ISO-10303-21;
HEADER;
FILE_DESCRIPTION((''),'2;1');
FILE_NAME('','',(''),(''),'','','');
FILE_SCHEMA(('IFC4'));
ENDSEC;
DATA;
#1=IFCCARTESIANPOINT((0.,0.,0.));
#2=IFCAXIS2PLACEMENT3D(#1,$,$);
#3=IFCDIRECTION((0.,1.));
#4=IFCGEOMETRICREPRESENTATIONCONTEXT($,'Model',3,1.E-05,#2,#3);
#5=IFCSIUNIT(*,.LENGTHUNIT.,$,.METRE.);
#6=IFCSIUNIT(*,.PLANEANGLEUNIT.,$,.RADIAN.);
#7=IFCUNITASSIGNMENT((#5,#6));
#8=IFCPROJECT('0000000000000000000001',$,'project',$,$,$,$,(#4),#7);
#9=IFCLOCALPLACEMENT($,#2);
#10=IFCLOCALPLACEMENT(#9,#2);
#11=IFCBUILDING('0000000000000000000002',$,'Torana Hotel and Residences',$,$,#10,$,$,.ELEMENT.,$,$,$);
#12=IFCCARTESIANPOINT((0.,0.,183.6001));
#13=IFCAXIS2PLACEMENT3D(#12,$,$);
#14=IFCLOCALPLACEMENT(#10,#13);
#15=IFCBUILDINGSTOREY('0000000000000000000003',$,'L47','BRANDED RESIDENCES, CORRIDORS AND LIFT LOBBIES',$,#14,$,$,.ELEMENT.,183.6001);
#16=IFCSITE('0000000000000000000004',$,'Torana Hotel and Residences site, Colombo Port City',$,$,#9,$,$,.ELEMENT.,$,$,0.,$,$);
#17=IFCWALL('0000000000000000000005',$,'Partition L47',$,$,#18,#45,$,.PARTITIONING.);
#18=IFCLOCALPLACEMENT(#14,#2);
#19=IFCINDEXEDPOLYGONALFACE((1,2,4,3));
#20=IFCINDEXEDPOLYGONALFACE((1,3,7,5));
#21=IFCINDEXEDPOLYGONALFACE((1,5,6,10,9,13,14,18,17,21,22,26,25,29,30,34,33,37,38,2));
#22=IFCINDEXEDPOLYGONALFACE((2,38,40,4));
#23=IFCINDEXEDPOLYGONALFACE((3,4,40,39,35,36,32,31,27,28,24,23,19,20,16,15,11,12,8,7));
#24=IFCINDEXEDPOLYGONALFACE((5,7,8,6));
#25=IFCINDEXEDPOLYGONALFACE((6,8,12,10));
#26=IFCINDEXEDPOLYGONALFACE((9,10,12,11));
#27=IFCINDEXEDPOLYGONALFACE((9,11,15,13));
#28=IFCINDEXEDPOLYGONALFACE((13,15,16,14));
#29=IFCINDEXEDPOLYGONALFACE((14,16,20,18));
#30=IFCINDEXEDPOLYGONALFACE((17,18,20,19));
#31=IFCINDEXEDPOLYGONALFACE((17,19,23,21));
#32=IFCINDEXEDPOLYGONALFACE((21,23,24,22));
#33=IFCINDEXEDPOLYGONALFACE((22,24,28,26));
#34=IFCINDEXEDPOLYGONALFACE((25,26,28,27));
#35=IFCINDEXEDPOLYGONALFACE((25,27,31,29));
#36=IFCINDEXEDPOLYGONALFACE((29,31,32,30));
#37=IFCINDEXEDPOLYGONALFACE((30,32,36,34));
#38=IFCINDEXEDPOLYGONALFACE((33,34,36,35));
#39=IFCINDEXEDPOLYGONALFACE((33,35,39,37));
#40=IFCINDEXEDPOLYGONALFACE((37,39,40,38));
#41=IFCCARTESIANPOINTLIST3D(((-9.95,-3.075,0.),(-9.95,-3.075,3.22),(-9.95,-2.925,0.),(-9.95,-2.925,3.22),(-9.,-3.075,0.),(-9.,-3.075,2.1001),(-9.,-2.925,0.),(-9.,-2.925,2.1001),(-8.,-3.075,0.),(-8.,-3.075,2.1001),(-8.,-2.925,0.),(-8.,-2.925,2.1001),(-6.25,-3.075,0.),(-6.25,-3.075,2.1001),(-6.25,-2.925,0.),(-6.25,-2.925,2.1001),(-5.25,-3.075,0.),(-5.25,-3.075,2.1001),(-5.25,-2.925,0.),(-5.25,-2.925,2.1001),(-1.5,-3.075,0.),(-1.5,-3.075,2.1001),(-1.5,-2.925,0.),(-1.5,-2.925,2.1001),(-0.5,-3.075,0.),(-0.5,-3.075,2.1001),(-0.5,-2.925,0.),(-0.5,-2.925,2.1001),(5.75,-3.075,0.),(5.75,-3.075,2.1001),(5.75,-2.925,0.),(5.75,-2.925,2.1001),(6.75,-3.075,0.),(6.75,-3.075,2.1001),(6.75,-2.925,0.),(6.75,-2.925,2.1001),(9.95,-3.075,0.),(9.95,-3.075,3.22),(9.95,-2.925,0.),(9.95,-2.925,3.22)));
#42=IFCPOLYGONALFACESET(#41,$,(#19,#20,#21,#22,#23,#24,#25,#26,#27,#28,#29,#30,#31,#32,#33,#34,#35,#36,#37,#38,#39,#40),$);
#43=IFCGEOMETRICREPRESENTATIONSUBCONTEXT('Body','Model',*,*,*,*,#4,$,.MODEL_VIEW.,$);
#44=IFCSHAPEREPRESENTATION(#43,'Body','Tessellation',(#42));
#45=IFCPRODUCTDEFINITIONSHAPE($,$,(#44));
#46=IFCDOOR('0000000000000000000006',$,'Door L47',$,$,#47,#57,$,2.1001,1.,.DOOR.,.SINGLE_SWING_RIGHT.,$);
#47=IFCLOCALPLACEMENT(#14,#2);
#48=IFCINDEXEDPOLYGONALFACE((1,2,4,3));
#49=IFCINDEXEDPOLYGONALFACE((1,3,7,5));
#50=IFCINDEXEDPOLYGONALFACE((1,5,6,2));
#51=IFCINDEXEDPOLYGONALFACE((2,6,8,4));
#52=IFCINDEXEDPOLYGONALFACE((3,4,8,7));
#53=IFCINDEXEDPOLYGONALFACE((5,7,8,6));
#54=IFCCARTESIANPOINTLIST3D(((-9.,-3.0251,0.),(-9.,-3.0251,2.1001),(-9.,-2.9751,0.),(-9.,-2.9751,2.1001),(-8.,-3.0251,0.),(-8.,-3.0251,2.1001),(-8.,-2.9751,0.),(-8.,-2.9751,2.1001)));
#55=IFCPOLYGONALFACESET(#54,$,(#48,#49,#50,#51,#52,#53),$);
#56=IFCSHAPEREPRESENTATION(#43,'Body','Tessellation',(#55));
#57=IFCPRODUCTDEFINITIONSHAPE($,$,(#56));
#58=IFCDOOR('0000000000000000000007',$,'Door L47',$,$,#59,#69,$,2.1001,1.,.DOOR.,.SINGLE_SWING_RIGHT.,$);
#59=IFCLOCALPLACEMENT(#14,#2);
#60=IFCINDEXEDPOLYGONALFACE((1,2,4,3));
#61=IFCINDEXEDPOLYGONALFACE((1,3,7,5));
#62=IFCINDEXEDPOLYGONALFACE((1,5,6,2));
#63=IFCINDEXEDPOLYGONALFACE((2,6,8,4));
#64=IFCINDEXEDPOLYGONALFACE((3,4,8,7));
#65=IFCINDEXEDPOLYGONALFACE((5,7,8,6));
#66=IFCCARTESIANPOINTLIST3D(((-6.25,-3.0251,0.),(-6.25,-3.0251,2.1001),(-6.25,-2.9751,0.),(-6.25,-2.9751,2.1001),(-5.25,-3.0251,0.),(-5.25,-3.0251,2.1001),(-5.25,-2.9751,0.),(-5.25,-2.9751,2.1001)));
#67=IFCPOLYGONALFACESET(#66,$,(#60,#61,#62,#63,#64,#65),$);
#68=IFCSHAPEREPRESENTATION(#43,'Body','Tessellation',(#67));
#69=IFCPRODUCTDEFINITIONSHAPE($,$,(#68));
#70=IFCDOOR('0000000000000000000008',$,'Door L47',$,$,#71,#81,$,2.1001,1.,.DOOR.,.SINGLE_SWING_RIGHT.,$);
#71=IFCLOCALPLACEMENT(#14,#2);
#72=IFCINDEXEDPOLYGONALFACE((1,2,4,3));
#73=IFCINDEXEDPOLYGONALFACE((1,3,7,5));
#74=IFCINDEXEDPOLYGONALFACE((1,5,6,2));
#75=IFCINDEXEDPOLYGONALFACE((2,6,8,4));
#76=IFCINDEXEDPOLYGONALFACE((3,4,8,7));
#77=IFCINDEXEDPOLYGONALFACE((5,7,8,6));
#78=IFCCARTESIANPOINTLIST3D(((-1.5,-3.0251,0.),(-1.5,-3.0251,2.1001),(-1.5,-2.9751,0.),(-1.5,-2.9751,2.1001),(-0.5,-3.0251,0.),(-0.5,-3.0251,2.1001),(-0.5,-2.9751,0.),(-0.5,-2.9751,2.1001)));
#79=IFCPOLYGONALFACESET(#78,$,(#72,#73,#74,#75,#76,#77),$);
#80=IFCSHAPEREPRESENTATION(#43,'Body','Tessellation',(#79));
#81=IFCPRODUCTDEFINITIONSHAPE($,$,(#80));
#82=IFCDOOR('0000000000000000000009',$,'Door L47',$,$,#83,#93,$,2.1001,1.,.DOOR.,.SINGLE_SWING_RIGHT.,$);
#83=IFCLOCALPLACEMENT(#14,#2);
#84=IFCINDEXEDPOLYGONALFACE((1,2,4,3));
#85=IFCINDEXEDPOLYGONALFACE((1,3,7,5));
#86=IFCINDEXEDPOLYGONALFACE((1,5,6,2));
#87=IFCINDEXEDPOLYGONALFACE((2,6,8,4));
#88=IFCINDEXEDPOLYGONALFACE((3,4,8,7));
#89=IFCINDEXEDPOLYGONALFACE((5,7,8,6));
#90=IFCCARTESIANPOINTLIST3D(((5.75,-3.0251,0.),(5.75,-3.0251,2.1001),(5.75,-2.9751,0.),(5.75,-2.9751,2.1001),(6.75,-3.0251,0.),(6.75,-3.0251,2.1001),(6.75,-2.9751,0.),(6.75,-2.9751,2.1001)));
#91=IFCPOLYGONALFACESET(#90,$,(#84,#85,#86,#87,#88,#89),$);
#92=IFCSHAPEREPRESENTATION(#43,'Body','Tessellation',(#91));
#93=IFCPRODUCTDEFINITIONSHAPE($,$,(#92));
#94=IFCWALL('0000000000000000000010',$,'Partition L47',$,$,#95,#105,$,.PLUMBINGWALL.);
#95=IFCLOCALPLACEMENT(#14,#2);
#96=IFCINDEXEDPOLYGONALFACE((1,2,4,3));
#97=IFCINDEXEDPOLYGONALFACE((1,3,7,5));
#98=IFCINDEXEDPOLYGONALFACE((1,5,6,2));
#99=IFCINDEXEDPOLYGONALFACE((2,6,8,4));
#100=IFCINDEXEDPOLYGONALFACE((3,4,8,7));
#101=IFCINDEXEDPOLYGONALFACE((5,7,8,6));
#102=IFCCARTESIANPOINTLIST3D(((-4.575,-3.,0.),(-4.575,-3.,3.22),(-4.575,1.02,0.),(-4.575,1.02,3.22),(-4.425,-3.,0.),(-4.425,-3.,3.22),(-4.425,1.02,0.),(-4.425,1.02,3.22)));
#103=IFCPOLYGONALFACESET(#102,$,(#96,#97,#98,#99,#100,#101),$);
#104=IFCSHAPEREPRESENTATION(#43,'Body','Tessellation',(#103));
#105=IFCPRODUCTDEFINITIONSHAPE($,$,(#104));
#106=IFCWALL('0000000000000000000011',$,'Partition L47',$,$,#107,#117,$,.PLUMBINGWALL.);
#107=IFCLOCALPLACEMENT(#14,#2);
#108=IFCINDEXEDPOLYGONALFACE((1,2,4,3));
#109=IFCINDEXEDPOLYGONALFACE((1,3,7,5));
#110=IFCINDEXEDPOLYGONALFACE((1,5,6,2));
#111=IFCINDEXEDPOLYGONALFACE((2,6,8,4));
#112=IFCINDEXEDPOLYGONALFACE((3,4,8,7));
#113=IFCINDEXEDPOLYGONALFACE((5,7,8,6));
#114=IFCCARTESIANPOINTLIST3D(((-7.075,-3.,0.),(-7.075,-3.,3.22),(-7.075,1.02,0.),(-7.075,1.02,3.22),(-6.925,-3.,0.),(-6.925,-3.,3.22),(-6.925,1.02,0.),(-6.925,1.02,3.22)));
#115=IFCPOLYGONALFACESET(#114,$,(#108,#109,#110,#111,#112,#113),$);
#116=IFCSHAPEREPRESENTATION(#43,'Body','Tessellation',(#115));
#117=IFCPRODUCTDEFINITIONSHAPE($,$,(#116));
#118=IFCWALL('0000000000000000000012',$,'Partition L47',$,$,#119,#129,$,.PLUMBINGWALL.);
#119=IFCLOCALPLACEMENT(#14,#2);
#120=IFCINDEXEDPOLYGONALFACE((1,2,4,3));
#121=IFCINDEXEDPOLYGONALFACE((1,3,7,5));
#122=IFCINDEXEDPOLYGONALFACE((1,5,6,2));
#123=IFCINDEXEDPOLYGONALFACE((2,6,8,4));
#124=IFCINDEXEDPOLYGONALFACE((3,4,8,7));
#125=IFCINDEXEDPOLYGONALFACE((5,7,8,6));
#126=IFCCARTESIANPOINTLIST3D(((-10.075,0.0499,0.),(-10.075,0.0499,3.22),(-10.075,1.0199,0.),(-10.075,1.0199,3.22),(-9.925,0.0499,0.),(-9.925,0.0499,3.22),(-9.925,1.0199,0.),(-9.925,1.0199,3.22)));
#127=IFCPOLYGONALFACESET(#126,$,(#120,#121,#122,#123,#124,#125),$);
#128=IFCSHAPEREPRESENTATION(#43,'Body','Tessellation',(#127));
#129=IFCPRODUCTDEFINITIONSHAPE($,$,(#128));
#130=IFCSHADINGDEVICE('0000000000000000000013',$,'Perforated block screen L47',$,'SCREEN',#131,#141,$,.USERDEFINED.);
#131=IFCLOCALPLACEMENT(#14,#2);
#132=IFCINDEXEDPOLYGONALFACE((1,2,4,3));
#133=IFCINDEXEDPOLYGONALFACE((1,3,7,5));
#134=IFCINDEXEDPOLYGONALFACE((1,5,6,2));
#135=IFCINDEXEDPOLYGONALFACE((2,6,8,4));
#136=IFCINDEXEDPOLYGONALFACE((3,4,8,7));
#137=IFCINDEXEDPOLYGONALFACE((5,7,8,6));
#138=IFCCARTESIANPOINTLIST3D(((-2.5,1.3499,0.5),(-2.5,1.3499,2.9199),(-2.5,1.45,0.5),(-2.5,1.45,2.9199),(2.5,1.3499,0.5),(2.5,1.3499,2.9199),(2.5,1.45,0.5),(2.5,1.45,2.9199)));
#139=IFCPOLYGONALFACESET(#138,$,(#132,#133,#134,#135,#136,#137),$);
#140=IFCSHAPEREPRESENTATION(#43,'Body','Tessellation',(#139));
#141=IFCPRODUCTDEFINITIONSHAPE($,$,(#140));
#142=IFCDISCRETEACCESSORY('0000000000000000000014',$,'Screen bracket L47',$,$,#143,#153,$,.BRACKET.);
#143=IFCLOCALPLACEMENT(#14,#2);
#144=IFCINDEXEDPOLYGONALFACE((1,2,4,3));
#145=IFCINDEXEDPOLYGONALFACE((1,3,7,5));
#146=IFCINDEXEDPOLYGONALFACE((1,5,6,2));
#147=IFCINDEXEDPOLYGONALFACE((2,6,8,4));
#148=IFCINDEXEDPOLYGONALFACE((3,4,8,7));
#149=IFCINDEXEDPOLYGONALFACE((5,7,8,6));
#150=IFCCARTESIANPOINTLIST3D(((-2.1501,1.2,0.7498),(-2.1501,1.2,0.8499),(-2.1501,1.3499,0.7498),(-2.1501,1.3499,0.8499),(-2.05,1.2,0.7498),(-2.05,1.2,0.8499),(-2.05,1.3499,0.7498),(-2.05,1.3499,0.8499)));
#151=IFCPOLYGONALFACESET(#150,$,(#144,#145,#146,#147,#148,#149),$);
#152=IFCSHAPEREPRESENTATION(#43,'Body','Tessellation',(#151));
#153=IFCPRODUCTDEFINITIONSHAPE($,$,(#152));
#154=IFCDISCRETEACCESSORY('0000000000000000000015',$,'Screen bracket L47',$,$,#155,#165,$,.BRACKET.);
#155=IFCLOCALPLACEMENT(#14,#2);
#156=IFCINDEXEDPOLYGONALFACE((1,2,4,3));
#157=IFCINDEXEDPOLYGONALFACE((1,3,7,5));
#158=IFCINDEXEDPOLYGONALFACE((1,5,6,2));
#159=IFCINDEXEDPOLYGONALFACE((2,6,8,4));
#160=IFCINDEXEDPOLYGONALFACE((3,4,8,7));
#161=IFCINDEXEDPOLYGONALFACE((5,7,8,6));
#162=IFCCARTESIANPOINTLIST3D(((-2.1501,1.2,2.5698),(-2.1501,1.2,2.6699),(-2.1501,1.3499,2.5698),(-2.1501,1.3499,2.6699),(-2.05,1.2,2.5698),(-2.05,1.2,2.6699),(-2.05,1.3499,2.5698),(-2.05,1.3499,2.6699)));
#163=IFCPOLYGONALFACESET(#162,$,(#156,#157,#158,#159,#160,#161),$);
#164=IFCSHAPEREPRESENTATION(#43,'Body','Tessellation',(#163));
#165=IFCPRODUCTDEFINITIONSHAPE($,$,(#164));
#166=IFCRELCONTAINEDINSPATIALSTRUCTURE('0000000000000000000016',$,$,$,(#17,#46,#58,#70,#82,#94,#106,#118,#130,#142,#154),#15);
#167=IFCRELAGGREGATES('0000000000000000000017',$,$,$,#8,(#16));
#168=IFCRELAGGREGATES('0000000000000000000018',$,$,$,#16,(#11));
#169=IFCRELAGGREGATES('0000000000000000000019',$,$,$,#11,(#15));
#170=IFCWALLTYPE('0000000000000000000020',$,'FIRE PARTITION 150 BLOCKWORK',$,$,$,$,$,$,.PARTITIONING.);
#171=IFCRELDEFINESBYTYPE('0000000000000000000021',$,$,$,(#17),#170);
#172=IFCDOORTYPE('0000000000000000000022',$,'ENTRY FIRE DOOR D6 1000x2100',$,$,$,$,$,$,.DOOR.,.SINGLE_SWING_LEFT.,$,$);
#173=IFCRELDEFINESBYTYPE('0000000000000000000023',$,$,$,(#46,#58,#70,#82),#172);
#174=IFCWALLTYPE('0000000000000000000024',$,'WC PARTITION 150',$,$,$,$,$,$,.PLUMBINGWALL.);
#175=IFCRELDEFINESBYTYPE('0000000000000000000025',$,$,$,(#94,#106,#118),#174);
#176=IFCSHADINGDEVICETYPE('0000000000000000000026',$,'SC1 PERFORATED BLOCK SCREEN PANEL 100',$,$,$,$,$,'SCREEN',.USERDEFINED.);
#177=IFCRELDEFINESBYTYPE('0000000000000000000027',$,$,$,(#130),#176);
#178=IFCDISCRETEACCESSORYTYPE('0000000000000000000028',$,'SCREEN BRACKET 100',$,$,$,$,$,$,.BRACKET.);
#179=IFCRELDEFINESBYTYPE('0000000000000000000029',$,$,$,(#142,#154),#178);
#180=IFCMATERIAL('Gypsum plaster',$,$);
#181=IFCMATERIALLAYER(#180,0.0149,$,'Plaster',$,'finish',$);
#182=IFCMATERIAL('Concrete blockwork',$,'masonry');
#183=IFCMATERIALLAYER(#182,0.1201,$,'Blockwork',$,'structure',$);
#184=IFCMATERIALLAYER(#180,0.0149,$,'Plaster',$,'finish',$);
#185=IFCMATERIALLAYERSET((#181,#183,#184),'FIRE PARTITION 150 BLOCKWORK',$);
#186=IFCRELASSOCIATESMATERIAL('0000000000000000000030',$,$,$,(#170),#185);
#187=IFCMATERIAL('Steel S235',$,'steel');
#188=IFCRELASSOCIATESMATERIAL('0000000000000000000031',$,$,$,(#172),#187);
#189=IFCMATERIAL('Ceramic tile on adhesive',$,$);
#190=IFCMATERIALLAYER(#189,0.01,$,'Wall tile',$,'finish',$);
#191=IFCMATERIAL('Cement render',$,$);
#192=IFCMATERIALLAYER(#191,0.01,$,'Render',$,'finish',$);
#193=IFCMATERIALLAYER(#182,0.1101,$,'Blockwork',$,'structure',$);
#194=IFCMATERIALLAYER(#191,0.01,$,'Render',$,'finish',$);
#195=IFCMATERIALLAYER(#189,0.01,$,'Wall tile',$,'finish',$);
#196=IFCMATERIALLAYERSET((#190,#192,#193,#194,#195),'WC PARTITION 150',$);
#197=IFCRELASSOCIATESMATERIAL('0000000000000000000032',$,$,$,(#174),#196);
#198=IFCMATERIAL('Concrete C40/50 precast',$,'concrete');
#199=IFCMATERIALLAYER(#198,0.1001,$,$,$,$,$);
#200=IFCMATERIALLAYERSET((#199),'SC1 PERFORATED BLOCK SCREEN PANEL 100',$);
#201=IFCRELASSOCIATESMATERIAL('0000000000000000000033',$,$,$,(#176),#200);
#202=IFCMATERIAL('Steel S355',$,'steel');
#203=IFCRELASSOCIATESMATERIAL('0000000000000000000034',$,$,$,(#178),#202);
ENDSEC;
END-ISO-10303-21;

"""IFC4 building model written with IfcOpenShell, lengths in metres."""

from ifc_helpers import new_model, si_unit, direction, frame, frame_2d, origin, origin_2d, place, context, subcontext, project, spatial, rectangle, extrude, material, layer, layer_set, type_object, element, fill, save


model = new_model("IFC4")

# Units and contexts
model_context = context("Model", 3, precision=1e-05, world=origin(), true_north=direction((0.0, 1.0)))
body_context = subcontext(model_context, "Body", "Model", "MODEL_VIEW")
ifc_project = project(units=[si_unit("LENGTHUNIT", "METRE"), si_unit("PLANEANGLEUNIT", "RADIAN")], contexts=[model_context])

# Site, building, storey
site_placement = place(None, origin())
site = spatial("IfcSite", under=ifc_project, at=site_placement, Name="Torana Hotel and Residences site, Colombo Port City", CompositionType="ELEMENT", RefElevation=0.0)
building_placement = place(site_placement, origin())
building = spatial("IfcBuilding", under=site, at=building_placement, Name="Torana Hotel and Residences", CompositionType="ELEMENT")
storey_placement = place(building_placement, frame((0.0, 0.0, 183.6001)))
storey = spatial("IfcBuildingStorey", under=building, at=storey_placement, Name="L47", Description="BRANDED RESIDENCES, CORRIDORS AND LIFT LOBBIES", CompositionType="ELEMENT", Elevation=183.6001)

# Shared definitions
ifc_material_1 = material(Name="Gypsum plaster")
ifc_layer_1 = layer(ifc_material_1, 0.0149, Name="Plaster", Category="finish")
ifc_material_2 = material(Name="Concrete blockwork", Category="masonry")
ifc_layer_2 = layer(ifc_material_2, 0.1201, Name="Blockwork", Category="structure")
ifc_layer_3 = layer(ifc_material_1, 0.0149, Name="Plaster", Category="finish")
ifc_layer_set_1 = layer_set([ifc_layer_1, ifc_layer_2, ifc_layer_3], Name="FIRE PARTITION 150 BLOCKWORK")
wall_type_1 = type_object("IfcWallType", Name="FIRE PARTITION 150 BLOCKWORK", PredefinedType="PARTITIONING", material=ifc_layer_set_1)

# Wall, openings, doors
ifc_material_3 = material(Name="Steel S235", Category="steel")
door_type = type_object("IfcDoorType", Name="ENTRY FIRE DOOR D6 1000x2100", OperationType="SINGLE_SWING_LEFT", PredefinedType="DOOR", material=ifc_material_3)
wall_1_placement = place(storey_placement, frame((-9.95, -3.0, 0.0), z_axis=(0.0, 0.0, 1.0), x_axis=(1.0, 0.0, 0.0)))
wall_1 = element("IfcWall", 1, at=wall_1_placement, inside=storey, type_object=wall_type_1, Name="Partition L47", PredefinedType="PARTITIONING", context=body_context, shape_type="SweptSolid", body=[
    extrude(rectangle(XDim=19.8999, YDim=0.1499, at=frame_2d((9.95, 0.0))), origin(), (0.0, 0.0, 1.0), 3.22),
])
opening_1_placement = place(wall_1_placement, frame((0.95, 0.0, 0.0)))
opening_1 = element("IfcOpeningElement", 2, at=opening_1_placement, cuts=wall_1, PredefinedType="OPENING", context=body_context, shape_type="SweptSolid", body=[
    extrude(rectangle(XDim=1.0, YDim=2.1001, at=frame_2d((0.5, 1.05))), frame((0.0, 0.085, 0.0), z_axis=(0.0, -1.0, 0.0), x_axis=(1.0, 0.0, 0.0)), (0.0, 0.0, 1.0), 0.1699),
])
opening_2_placement = place(wall_1_placement, frame((3.7, 0.0, 0.0)))
opening_2 = element("IfcOpeningElement", 3, at=opening_2_placement, cuts=wall_1, PredefinedType="OPENING", context=body_context, shape_type="SweptSolid", body=[
    extrude(rectangle(XDim=1.0, YDim=2.1001, at=frame_2d((0.5, 1.05))), frame((0.0, 0.085, 0.0), z_axis=(0.0, -1.0, 0.0), x_axis=(1.0, 0.0, 0.0)), (0.0, 0.0, 1.0), 0.1699),
])
opening_3_placement = place(wall_1_placement, frame((8.45, 0.0, 0.0)))
opening_3 = element("IfcOpeningElement", 4, at=opening_3_placement, cuts=wall_1, PredefinedType="OPENING", context=body_context, shape_type="SweptSolid", body=[
    extrude(rectangle(XDim=1.0, YDim=2.1001, at=frame_2d((0.5, 1.05))), frame((0.0, 0.085, 0.0), z_axis=(0.0, -1.0, 0.0), x_axis=(1.0, 0.0, 0.0)), (0.0, 0.0, 1.0), 0.1699),
])
opening_4_placement = place(wall_1_placement, frame((15.7, 0.0, 0.0)))
opening_4 = element("IfcOpeningElement", 5, at=opening_4_placement, cuts=wall_1, PredefinedType="OPENING", context=body_context, shape_type="SweptSolid", body=[
    extrude(rectangle(XDim=1.0, YDim=2.1001, at=frame_2d((0.5, 1.05))), frame((0.0, 0.085, 0.0), z_axis=(0.0, -1.0, 0.0), x_axis=(1.0, 0.0, 0.0)), (0.0, 0.0, 1.0), 0.1699),
])
door_1_placement = place(opening_1_placement, origin())
door_1 = element("IfcDoor", 6, at=door_1_placement, inside=storey, type_object=door_type, Name="Door L47", OperationType="SINGLE_SWING_RIGHT", OverallHeight=2.1001, OverallWidth=1.0, PredefinedType="DOOR", context=body_context, shape_type="SweptSolid", body=[
    extrude(rectangle(XDim=1.0, YDim=2.1001, at=frame_2d((0.5, 1.05))), frame((0.0, 0.0249, 0.0), z_axis=(0.0, -1.0, 0.0), x_axis=(1.0, 0.0, 0.0)), (0.0, 0.0, 1.0), 0.05),
])
fill(opening_1, door_1)
door_2_placement = place(opening_2_placement, origin())
door_2 = element("IfcDoor", 7, at=door_2_placement, inside=storey, type_object=door_type, Name="Door L47", OperationType="SINGLE_SWING_RIGHT", OverallHeight=2.1001, OverallWidth=1.0, PredefinedType="DOOR", context=body_context, shape_type="SweptSolid", body=[
    extrude(rectangle(XDim=1.0, YDim=2.1001, at=frame_2d((0.5, 1.05))), frame((0.0, 0.0249, 0.0), z_axis=(0.0, -1.0, 0.0), x_axis=(1.0, 0.0, 0.0)), (0.0, 0.0, 1.0), 0.05),
])
fill(opening_2, door_2)
door_3_placement = place(opening_3_placement, origin())
door_3 = element("IfcDoor", 8, at=door_3_placement, inside=storey, type_object=door_type, Name="Door L47", OperationType="SINGLE_SWING_RIGHT", OverallHeight=2.1001, OverallWidth=1.0, PredefinedType="DOOR", context=body_context, shape_type="SweptSolid", body=[
    extrude(rectangle(XDim=1.0, YDim=2.1001, at=frame_2d((0.5, 1.05))), frame((0.0, 0.0249, 0.0), z_axis=(0.0, -1.0, 0.0), x_axis=(1.0, 0.0, 0.0)), (0.0, 0.0, 1.0), 0.05),
])
fill(opening_3, door_3)
door_4_placement = place(opening_4_placement, origin())
door_4 = element("IfcDoor", 9, at=door_4_placement, inside=storey, type_object=door_type, Name="Door L47", OperationType="SINGLE_SWING_RIGHT", OverallHeight=2.1001, OverallWidth=1.0, PredefinedType="DOOR", context=body_context, shape_type="SweptSolid", body=[
    extrude(rectangle(XDim=1.0, YDim=2.1001, at=frame_2d((0.5, 1.05))), frame((0.0, 0.0249, 0.0), z_axis=(0.0, -1.0, 0.0), x_axis=(1.0, 0.0, 0.0)), (0.0, 0.0, 1.0), 0.05),
])
fill(opening_4, door_4)

# Walls
ifc_material_4 = material(Name="Ceramic tile on adhesive")
ifc_layer_4 = layer(ifc_material_4, 0.01, Name="Wall tile", Category="finish")
ifc_material_5 = material(Name="Cement render")
ifc_layer_5 = layer(ifc_material_5, 0.01, Name="Render", Category="finish")
ifc_layer_6 = layer(ifc_material_2, 0.1101, Name="Blockwork", Category="structure")
ifc_layer_7 = layer(ifc_material_5, 0.01, Name="Render", Category="finish")
ifc_layer_8 = layer(ifc_material_4, 0.01, Name="Wall tile", Category="finish")
ifc_layer_set_2 = layer_set([ifc_layer_4, ifc_layer_5, ifc_layer_6, ifc_layer_7, ifc_layer_8], Name="WC PARTITION 150")
wall_type_2 = type_object("IfcWallType", Name="WC PARTITION 150", PredefinedType="PLUMBINGWALL", material=ifc_layer_set_2)
for number, where, z_axis, x_axis, name in (
    (10, (-4.5, -3.0, 0.0), (0.0, 0.0, 1.0), (0.0, 1.0, 0.0), "Partition L47"),
    (11, (-7.0, -3.0, 0.0), (0.0, 0.0, 1.0), (0.0, 1.0, 0.0), "Partition L47"),
):
    element("IfcWall", number, at=place(storey_placement, frame(where, z_axis=z_axis, x_axis=x_axis)), inside=storey, type_object=wall_type_2, Name=name, PredefinedType="PLUMBINGWALL", context=body_context, shape_type="SweptSolid", body=[
        extrude(rectangle(XDim=4.02, YDim=0.1499, at=frame_2d((2.01, 0.0))), origin(), (0.0, 0.0, 1.0), 3.22),
    ])
wall_2_placement = place(storey_placement, frame((-10.0, 0.05, 0.0), z_axis=(0.0, 0.0, 1.0), x_axis=(0.0, 1.0, 0.0)))
element("IfcWall", 12, at=wall_2_placement, inside=storey, type_object=wall_type_2, Name="Partition L47", PredefinedType="PLUMBINGWALL", context=body_context, shape_type="SweptSolid", body=[
    extrude(rectangle(XDim=0.97, YDim=0.1499, at=frame_2d((0.4849, 0.0))), origin(), (0.0, 0.0, 1.0), 3.22),
])

# Shading device
ifc_material_6 = material(Name="Concrete C40/50 precast", Category="concrete")
ifc_layer_9 = layer(ifc_material_6, 0.1001)
ifc_layer_set_3 = layer_set([ifc_layer_9], Name="SC1 PERFORATED BLOCK SCREEN PANEL 100")
shading_device_type = type_object("IfcShadingDeviceType", Name="SC1 PERFORATED BLOCK SCREEN PANEL 100", ElementType="SCREEN", PredefinedType="USERDEFINED", material=ifc_layer_set_3)
shading_device_placement = place(storey_placement, frame((0.0, 1.3999, 0.5), z_axis=(0.0, 0.0, 1.0), x_axis=(-1.0, 0.0, 0.0)))
element("IfcShadingDevice", 13, at=shading_device_placement, inside=storey, type_object=shading_device_type, Name="Perforated block screen L47", ObjectType="SCREEN", PredefinedType="USERDEFINED", context=body_context, shape_type="SweptSolid", body=[
    extrude(rectangle(XDim=5.0, YDim=0.1001, at=origin_2d()), origin(), (0.0, 0.0, 1.0), 2.4199),
])

# Discrete accessories
ifc_material_7 = material(Name="Steel S355", Category="steel")
discrete_accessory_type = type_object("IfcDiscreteAccessoryType", Name="SCREEN BRACKET 100", PredefinedType="BRACKET", material=ifc_material_7)
for number, where, z_axis, x_axis, name in (
    (14, (-2.1001, 1.2749, 0.7498), (0.0, 0.0, 1.0), (-1.0, 0.0, 0.0), "Screen bracket L47"),
    (15, (-2.1001, 1.2749, 2.5698), (0.0, 0.0, 1.0), (-1.0, 0.0, 0.0), "Screen bracket L47"),
):
    element("IfcDiscreteAccessory", number, at=place(storey_placement, frame(where, z_axis=z_axis, x_axis=x_axis)), inside=storey, type_object=discrete_accessory_type, Name=name, PredefinedType="BRACKET", context=body_context, shape_type="SweptSolid", body=[
        extrude(rectangle(XDim=0.1001, YDim=0.1499, at=origin_2d()), origin(), (0.0, 0.0, 1.0), 0.1001),
    ])

save(model, "model.ifc")
